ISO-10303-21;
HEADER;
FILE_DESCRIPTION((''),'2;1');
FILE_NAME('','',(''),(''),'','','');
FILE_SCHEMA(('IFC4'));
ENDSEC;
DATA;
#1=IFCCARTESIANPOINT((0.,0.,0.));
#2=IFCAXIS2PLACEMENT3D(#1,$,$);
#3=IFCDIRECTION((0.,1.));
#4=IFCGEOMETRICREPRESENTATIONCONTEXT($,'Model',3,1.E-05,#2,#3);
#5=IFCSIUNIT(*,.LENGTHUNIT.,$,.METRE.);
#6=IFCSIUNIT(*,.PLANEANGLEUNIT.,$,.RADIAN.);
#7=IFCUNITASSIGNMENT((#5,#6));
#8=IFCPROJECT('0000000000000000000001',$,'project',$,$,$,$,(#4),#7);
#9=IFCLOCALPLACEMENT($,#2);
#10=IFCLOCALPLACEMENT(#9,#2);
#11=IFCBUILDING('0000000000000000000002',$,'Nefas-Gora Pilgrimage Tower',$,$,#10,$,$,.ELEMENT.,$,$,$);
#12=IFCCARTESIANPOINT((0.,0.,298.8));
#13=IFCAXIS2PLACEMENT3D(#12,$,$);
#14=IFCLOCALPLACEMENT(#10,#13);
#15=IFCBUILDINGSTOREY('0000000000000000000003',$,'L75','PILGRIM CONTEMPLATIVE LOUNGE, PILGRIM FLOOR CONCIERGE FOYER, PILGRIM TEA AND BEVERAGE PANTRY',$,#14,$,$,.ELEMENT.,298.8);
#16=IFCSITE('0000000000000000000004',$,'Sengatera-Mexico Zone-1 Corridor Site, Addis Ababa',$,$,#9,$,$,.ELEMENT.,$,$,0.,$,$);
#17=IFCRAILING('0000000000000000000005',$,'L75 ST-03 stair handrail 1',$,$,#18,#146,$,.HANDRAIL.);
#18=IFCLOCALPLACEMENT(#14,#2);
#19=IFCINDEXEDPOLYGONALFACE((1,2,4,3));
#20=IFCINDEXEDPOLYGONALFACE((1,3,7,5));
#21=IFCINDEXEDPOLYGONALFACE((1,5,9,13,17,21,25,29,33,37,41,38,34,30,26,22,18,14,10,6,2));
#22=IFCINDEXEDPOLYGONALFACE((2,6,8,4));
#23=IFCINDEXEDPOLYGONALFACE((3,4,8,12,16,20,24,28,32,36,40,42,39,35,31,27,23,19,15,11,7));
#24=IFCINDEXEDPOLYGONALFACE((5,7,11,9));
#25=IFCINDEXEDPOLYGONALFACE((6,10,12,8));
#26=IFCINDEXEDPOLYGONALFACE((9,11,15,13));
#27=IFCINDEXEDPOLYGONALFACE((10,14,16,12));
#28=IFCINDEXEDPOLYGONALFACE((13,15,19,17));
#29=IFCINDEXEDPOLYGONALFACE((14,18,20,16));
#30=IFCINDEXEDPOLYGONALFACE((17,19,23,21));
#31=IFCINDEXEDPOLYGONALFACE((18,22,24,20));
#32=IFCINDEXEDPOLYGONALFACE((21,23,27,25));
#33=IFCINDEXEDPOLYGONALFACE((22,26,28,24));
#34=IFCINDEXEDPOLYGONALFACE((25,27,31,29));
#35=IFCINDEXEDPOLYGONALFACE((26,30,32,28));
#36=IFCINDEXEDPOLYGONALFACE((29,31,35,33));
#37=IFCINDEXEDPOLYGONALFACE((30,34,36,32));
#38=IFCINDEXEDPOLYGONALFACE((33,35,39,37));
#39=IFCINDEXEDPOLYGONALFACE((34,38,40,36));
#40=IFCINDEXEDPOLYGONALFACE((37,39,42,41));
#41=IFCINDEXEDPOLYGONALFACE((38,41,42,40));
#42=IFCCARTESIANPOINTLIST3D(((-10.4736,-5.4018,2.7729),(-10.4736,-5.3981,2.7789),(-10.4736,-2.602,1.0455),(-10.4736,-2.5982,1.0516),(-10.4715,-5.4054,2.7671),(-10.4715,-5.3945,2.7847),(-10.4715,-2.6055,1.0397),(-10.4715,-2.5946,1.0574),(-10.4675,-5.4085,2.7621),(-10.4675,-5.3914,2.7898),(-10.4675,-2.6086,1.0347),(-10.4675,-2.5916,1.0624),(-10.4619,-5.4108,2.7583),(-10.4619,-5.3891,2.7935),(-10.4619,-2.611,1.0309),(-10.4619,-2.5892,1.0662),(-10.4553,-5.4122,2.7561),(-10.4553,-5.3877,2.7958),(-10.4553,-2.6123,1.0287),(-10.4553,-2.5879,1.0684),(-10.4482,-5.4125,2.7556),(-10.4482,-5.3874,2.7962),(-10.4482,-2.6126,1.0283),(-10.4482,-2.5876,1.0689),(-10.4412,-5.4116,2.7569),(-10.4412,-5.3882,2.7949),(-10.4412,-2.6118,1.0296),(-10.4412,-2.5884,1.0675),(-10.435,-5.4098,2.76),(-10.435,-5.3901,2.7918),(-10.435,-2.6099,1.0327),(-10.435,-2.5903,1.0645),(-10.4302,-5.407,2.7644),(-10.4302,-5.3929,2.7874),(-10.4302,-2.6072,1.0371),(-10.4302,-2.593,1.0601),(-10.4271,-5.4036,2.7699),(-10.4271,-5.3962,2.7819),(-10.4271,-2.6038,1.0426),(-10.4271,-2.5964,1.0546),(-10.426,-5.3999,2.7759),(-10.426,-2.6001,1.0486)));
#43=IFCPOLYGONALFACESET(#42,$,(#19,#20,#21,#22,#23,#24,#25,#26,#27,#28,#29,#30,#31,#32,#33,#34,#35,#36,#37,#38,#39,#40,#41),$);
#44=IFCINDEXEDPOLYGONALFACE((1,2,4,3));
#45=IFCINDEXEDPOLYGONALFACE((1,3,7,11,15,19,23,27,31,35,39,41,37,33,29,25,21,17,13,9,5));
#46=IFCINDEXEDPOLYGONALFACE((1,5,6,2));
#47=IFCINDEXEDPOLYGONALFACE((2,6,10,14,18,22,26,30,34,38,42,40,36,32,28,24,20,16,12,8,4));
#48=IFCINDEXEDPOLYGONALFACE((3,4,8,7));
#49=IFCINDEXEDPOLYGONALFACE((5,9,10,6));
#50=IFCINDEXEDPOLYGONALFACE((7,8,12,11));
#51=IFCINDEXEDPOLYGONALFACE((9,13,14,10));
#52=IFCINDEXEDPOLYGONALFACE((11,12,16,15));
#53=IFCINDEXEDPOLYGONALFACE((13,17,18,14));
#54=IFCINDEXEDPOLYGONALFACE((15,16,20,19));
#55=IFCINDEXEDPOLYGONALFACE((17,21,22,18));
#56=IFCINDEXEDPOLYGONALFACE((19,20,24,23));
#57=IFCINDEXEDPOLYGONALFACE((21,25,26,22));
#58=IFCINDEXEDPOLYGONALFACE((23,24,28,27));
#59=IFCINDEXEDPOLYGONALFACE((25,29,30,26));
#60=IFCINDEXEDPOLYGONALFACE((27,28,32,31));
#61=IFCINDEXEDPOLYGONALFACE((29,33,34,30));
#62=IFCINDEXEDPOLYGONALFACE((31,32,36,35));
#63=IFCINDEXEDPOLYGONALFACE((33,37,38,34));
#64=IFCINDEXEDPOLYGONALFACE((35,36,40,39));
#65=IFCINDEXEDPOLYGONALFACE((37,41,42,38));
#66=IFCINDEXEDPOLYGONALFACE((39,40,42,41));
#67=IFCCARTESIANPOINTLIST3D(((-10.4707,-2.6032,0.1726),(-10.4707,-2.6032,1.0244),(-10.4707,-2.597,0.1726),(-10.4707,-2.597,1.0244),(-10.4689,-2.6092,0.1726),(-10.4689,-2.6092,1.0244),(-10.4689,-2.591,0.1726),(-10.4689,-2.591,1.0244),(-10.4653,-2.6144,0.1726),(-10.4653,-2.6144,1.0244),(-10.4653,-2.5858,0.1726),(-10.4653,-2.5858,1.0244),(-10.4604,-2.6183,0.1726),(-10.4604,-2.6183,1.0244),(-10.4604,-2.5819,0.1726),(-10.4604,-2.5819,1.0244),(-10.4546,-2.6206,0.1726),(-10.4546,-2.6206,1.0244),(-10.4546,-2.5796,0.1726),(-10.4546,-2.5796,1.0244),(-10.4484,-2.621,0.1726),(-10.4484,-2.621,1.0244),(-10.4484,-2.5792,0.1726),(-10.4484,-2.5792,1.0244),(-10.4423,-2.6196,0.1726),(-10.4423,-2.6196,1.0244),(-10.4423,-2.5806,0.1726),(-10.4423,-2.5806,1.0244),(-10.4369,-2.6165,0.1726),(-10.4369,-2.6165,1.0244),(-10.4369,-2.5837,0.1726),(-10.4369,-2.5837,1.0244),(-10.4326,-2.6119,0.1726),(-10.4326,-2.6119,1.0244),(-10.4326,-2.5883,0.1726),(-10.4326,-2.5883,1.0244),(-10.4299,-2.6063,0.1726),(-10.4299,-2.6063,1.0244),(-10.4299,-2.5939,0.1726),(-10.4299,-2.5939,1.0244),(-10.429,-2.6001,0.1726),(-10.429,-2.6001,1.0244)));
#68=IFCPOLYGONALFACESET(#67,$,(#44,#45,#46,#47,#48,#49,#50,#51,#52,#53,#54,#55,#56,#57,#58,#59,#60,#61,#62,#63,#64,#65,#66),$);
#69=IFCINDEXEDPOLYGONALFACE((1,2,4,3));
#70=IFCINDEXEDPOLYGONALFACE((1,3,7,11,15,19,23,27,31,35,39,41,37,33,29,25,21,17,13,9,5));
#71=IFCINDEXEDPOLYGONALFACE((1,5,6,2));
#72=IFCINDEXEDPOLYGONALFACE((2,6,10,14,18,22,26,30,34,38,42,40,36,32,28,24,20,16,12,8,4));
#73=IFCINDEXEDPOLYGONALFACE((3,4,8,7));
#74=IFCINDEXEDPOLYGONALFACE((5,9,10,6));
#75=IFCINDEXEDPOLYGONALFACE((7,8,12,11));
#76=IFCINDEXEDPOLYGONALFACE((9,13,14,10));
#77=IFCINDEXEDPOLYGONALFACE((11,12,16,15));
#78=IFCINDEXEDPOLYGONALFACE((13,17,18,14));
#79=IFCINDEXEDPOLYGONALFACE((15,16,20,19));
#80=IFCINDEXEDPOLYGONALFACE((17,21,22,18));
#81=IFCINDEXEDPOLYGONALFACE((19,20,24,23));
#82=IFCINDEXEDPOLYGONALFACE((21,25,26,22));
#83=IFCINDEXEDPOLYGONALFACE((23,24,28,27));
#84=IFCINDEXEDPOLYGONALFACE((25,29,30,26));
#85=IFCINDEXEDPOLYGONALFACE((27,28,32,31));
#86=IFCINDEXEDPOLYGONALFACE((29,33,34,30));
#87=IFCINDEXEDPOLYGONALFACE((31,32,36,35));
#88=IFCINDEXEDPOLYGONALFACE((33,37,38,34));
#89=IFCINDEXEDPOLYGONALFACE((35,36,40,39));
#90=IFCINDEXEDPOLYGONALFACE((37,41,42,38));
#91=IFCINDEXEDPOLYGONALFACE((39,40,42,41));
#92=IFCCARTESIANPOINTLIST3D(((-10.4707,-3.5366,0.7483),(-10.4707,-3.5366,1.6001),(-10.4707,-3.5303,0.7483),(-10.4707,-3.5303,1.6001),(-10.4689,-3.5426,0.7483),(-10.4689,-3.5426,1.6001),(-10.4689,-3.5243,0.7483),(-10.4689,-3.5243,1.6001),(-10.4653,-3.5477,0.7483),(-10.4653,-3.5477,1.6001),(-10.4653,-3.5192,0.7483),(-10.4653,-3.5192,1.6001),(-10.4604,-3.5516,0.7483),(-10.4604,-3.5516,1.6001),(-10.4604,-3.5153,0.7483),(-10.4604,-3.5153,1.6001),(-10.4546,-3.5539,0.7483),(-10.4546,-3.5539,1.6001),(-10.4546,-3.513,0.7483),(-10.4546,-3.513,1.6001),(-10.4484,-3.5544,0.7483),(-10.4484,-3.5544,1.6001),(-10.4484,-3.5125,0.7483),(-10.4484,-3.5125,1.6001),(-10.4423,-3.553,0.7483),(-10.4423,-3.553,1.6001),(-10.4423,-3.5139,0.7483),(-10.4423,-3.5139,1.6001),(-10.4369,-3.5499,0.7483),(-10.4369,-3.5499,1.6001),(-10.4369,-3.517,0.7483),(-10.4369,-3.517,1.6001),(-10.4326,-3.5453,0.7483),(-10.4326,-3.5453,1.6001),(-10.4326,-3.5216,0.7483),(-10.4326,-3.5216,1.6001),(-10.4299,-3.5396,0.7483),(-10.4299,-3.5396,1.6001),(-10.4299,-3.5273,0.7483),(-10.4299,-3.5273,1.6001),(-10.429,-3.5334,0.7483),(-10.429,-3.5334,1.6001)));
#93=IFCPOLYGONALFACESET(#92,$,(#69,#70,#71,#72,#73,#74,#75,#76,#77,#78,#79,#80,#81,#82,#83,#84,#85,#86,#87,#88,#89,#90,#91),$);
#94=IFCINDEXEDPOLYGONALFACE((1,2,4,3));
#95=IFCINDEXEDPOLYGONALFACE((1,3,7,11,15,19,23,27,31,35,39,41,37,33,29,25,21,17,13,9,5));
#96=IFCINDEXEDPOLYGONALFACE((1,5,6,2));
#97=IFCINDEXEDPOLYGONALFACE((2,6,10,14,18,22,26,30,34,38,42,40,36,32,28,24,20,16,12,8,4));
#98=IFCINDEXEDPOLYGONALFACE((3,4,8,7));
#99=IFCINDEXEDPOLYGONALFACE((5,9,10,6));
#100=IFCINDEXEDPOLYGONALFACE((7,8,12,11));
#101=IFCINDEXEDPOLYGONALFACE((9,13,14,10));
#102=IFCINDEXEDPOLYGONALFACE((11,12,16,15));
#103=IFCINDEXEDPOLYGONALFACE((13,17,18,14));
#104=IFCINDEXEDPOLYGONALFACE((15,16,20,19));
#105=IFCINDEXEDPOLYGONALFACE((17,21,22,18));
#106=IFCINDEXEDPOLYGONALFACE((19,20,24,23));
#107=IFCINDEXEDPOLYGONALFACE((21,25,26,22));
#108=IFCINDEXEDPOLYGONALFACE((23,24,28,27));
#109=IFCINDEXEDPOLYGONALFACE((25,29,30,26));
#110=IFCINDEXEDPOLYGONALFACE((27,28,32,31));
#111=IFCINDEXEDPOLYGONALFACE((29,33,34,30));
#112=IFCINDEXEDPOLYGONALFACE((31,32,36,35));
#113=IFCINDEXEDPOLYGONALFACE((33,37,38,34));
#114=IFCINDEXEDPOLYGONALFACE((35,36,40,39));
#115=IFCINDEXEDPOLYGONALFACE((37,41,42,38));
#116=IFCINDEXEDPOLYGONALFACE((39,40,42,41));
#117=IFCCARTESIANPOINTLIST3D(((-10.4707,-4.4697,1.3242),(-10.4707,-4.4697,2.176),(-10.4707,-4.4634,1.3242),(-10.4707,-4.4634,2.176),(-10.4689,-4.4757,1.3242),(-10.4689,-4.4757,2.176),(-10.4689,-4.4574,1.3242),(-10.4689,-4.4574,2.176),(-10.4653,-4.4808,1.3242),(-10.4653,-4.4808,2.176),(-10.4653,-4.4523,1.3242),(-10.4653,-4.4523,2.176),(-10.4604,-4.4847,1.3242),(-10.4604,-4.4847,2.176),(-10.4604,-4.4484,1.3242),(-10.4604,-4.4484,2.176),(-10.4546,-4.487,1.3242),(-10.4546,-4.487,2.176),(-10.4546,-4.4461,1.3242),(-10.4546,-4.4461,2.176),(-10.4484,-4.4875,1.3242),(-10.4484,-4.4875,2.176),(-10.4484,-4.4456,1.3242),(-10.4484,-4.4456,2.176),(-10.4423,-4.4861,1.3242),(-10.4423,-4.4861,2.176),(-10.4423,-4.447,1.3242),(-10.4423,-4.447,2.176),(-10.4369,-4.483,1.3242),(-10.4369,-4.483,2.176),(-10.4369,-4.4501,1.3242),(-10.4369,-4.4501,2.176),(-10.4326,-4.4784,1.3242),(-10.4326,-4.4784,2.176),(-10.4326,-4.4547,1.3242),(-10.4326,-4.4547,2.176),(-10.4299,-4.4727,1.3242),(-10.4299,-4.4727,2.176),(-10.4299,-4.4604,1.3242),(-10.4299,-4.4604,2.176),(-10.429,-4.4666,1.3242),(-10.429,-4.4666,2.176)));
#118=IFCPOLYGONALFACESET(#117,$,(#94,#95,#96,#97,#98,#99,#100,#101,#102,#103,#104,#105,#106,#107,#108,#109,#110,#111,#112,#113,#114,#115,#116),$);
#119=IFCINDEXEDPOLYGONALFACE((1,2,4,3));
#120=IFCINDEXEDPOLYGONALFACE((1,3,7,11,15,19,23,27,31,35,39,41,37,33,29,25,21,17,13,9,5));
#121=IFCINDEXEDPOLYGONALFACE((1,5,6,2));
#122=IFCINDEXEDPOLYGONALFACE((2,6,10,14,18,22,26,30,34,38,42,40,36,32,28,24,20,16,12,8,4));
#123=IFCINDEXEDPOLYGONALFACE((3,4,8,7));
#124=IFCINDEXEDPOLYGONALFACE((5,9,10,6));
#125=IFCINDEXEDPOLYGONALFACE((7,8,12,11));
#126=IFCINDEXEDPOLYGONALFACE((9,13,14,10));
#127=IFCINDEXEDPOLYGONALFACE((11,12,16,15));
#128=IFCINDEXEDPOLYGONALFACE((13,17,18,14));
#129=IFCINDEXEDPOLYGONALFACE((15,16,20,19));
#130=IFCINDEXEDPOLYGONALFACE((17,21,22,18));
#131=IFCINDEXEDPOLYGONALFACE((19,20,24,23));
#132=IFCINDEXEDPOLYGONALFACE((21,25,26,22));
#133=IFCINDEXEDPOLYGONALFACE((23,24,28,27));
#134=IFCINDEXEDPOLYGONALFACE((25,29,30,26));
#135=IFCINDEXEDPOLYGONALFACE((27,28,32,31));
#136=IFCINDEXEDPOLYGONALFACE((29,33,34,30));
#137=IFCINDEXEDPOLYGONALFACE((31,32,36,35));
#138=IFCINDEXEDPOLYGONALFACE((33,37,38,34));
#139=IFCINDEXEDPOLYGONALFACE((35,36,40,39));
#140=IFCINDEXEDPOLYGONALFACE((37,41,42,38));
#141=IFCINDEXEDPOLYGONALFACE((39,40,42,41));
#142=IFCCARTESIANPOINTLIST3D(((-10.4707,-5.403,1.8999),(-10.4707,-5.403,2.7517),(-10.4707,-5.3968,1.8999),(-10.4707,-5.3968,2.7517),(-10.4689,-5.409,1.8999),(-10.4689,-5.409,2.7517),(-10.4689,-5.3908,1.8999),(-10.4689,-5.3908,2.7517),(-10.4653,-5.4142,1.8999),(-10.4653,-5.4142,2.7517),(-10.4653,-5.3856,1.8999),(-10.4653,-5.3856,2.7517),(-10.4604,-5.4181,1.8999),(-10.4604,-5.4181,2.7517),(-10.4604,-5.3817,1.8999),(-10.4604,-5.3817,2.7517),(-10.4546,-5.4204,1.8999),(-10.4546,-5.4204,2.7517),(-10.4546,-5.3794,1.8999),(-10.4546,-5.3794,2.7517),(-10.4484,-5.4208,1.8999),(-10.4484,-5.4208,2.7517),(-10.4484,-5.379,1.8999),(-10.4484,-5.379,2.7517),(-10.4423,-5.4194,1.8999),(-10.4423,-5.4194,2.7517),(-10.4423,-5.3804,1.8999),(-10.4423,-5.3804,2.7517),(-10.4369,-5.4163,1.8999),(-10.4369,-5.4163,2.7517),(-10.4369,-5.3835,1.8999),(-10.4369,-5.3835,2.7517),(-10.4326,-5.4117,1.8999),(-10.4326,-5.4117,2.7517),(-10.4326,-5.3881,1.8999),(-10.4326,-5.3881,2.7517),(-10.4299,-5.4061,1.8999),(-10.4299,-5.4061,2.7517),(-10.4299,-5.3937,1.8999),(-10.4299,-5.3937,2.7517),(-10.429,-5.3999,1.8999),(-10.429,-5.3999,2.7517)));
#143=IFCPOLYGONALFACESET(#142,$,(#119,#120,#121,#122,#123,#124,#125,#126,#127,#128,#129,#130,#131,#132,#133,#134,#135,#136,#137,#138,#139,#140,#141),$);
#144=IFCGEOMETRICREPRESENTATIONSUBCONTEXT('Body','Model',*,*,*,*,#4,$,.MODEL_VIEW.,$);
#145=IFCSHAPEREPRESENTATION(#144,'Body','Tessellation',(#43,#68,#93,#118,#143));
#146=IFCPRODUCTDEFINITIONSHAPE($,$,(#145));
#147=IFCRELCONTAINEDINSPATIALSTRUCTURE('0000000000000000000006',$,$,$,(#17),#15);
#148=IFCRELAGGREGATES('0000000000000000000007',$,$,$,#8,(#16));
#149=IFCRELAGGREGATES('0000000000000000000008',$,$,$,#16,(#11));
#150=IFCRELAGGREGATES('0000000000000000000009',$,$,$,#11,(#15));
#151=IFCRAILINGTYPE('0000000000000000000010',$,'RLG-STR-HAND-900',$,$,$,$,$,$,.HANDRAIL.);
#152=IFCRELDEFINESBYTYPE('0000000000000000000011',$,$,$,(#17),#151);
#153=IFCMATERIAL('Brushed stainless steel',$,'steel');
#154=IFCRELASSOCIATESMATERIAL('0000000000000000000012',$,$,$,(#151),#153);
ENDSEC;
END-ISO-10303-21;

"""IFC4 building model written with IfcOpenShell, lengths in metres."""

from ifc_helpers import new_model, si_unit, direction, frame, origin, origin_2d, place, context, subcontext, project, spatial, circle, extrude, material, type_object, element, save


model = new_model("IFC4")

# Units and contexts
model_context = context("Model", 3, precision=1e-05, world=origin(), true_north=direction((0.0, 1.0)))
body_context = subcontext(model_context, "Body", "Model", "MODEL_VIEW")
ifc_project = project(units=[si_unit("LENGTHUNIT", "METRE"), si_unit("PLANEANGLEUNIT", "RADIAN")], contexts=[model_context])

# Site, building, storey
site_placement = place(None, origin())
site = spatial("IfcSite", under=ifc_project, at=site_placement, Name="Sengatera-Mexico Zone-1 Corridor Site, Addis Ababa", CompositionType="ELEMENT", RefElevation=0.0)
building_placement = place(site_placement, origin())
building = spatial("IfcBuilding", under=site, at=building_placement, Name="Nefas-Gora Pilgrimage Tower", CompositionType="ELEMENT")
storey_placement = place(building_placement, frame((0.0, 0.0, 298.8)))
storey = spatial("IfcBuildingStorey", under=building, at=storey_placement, Name="L75", Description="PILGRIM CONTEMPLATIVE LOUNGE, PILGRIM FLOOR CONCIERGE FOYER, PILGRIM TEA AND BEVERAGE PANTRY", CompositionType="ELEMENT", Elevation=298.8)

# Railing
ifc_material_1 = material(Name="Brushed stainless steel", Category="steel")
railing_type_1 = type_object("IfcRailingType", Name="RLG-STR-HAND-900", PredefinedType="HANDRAIL", material=ifc_material_1)
railing_1_placement = place(storey_placement, frame((-10.45, -2.6001, 0.1726)))
element("IfcRailing", 1, at=railing_1_placement, inside=storey, type_object=railing_type_1, Name="L75 ST-03 stair handrail 1", PredefinedType="HANDRAIL", context=body_context, shape_type="SweptSolid", body=[
    extrude(circle(Radius=0.0239, at=origin_2d()), frame((0.0, 0.0, 0.876), z_axis=(0.0, -0.851069, 0.525054), x_axis=(1.0, 0.0, 0.0)), (0.0, 0.0, 1.0), 3.2898),
    extrude(circle(Radius=0.021, at=origin_2d()), origin(), (0.0, 0.0, 1.0), 0.8518),
    extrude(circle(Radius=0.021, at=origin_2d()), frame((0.0, -0.9333, 0.5757)), (0.0, 0.0, 1.0), 0.8518),
    extrude(circle(Radius=0.021, at=origin_2d()), frame((0.0, -1.8665, 1.1516)), (0.0, 0.0, 1.0), 0.8518),
    extrude(circle(Radius=0.021, at=origin_2d()), frame((0.0, -2.7998, 1.7273)), (0.0, 0.0, 1.0), 0.8518),
])

save(model, "model.ifc")
